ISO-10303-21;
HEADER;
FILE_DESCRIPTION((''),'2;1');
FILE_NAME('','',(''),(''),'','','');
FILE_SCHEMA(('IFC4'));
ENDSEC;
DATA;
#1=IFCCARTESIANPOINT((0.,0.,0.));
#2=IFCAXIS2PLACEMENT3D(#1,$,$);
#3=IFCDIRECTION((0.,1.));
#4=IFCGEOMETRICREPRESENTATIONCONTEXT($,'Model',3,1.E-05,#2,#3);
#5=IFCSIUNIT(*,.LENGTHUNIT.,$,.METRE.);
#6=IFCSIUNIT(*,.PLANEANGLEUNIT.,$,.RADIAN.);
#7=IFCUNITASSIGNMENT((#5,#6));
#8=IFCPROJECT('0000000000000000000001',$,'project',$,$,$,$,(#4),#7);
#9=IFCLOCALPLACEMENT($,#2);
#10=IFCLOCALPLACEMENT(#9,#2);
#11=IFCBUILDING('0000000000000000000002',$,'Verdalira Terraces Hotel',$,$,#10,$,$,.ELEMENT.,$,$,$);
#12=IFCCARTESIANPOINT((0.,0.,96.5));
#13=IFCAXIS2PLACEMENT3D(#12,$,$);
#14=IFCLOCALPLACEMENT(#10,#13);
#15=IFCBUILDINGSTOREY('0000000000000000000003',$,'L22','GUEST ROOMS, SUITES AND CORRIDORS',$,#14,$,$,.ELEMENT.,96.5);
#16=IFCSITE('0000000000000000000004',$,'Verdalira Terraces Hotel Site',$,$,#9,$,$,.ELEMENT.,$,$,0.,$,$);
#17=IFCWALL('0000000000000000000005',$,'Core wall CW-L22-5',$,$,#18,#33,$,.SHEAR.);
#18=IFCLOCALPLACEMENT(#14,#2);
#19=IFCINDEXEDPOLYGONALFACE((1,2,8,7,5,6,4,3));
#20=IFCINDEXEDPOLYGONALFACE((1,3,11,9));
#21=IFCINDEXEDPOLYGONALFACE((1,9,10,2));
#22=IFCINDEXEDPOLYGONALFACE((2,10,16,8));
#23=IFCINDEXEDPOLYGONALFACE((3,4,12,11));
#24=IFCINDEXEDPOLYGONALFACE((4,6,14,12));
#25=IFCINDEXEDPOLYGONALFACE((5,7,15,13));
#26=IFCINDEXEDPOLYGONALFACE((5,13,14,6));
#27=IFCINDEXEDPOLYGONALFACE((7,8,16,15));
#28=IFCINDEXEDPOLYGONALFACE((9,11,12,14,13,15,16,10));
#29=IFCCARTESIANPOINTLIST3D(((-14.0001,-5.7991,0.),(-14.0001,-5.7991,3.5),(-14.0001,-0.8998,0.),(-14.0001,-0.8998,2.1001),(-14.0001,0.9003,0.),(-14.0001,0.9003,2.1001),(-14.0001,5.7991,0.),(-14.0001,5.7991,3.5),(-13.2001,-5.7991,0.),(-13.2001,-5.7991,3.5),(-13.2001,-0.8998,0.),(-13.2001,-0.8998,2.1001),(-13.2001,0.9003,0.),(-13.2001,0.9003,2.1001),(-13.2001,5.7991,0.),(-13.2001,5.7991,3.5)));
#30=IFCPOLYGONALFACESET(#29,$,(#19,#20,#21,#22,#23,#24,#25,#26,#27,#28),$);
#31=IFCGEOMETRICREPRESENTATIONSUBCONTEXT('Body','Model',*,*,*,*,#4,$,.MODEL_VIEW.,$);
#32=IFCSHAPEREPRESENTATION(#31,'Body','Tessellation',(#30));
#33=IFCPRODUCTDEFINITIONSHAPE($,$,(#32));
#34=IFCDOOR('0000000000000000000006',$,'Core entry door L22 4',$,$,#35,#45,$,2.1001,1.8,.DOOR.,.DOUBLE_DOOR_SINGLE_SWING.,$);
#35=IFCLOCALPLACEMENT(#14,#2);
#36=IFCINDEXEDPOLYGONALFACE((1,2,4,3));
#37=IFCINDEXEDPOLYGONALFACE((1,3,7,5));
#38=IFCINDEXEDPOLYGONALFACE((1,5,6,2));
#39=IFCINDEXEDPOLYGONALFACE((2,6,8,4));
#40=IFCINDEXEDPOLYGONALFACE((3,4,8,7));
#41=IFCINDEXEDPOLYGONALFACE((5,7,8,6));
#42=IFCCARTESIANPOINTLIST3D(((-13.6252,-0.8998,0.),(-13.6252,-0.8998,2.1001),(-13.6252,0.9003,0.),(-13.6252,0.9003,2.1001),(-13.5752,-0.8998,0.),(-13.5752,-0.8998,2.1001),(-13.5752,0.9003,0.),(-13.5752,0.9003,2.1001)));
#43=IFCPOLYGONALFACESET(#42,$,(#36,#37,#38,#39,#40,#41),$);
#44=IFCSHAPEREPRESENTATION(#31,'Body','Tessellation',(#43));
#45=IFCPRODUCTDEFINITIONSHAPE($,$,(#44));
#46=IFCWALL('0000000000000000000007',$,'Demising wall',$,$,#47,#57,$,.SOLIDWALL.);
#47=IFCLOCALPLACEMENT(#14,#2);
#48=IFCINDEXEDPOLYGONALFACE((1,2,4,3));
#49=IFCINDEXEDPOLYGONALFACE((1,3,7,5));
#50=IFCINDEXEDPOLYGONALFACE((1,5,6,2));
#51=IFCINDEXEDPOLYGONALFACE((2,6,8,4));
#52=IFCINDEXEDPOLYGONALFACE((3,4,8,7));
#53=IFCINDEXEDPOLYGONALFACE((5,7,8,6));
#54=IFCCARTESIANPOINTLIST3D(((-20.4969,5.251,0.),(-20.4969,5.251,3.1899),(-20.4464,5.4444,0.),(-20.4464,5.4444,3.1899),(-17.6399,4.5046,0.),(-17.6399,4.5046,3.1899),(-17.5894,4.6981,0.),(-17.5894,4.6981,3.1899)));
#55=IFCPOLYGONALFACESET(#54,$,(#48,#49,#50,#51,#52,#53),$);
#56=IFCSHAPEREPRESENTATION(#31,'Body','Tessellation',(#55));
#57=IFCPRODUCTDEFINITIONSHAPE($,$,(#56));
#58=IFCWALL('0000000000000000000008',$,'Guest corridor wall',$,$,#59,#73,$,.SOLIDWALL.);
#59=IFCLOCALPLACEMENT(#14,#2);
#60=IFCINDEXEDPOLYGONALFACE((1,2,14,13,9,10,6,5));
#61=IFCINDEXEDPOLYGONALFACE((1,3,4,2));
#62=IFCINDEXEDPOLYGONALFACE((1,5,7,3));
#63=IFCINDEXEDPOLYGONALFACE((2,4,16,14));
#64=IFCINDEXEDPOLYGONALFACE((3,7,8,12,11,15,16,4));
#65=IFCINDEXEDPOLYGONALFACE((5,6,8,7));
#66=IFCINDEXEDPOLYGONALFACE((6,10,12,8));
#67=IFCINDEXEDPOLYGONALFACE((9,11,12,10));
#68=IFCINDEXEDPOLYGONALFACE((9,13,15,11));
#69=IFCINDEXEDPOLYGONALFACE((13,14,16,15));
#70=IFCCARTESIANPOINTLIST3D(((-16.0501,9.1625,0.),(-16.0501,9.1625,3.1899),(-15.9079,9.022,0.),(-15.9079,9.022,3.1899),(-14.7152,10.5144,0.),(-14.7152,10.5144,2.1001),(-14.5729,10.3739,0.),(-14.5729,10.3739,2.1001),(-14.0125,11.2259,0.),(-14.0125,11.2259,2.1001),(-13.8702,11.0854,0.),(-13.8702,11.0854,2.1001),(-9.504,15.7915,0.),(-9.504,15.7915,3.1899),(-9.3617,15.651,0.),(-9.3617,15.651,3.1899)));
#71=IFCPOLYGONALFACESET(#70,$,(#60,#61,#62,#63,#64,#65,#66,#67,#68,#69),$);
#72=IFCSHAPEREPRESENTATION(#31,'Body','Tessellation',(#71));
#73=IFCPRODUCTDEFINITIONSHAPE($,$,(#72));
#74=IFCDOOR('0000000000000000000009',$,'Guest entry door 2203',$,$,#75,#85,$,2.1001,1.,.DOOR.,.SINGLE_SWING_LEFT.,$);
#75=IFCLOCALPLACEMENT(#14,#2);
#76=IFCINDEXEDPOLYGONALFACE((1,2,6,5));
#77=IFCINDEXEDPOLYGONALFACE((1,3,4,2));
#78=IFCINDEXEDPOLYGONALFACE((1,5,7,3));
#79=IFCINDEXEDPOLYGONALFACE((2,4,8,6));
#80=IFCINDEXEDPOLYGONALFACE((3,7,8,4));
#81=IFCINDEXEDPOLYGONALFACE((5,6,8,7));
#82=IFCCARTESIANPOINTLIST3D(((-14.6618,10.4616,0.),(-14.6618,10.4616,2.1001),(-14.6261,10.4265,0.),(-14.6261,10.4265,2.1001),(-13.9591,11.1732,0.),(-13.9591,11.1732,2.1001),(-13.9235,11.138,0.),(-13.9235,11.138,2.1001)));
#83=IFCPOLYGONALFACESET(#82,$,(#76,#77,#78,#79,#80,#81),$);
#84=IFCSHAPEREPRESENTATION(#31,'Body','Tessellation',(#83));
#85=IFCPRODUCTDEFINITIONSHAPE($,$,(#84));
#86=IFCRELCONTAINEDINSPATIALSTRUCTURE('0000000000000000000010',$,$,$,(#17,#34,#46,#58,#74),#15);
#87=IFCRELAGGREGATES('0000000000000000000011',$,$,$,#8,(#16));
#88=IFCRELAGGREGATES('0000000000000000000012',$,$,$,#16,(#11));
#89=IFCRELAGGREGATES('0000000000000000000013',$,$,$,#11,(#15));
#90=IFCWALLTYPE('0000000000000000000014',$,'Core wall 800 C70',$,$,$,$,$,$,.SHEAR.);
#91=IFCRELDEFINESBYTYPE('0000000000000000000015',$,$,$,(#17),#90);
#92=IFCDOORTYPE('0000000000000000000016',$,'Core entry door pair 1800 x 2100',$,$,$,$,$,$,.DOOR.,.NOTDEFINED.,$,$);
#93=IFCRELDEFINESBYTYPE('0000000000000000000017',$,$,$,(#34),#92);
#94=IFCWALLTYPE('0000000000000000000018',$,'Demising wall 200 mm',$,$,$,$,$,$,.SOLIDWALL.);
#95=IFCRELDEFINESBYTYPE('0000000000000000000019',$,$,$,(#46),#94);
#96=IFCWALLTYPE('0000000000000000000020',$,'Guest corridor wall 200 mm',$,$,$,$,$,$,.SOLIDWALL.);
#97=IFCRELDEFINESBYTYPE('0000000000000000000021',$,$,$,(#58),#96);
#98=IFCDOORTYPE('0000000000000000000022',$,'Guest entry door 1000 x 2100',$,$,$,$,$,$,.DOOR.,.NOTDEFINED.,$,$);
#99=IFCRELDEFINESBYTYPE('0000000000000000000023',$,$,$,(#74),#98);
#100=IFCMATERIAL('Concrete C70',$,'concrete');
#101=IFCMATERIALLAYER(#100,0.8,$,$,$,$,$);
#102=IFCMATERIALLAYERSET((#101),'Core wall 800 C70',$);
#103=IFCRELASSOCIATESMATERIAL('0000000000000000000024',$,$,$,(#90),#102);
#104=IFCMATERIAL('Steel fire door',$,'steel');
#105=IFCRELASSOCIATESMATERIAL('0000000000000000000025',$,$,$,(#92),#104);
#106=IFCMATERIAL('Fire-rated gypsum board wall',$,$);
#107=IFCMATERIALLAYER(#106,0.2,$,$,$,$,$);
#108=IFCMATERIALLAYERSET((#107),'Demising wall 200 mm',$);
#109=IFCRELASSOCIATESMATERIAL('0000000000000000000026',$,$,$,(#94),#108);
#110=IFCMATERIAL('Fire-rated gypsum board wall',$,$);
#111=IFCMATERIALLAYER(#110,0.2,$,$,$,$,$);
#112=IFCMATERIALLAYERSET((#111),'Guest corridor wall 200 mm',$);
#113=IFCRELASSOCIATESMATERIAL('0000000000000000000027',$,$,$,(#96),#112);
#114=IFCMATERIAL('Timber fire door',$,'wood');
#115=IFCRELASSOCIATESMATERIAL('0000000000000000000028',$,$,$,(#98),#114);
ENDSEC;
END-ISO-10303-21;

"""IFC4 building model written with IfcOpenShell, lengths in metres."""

from ifc_helpers import new_model, si_unit, direction, frame, frame_2d, origin, place, context, subcontext, project, spatial, rectangle, extrude, material, layer, layer_set, type_object, element, fill, save


model = new_model("IFC4")

# Units and contexts
model_context = context("Model", 3, precision=1e-05, world=origin(), true_north=direction((0.0, 1.0)))
body_context = subcontext(model_context, "Body", "Model", "MODEL_VIEW")
ifc_project = project(units=[si_unit("LENGTHUNIT", "METRE"), si_unit("PLANEANGLEUNIT", "RADIAN")], contexts=[model_context])

# Site, building, storey
site_placement = place(None, origin())
site = spatial("IfcSite", under=ifc_project, at=site_placement, Name="Verdalira Terraces Hotel Site", CompositionType="ELEMENT", RefElevation=0.0)
building_placement = place(site_placement, origin())
building = spatial("IfcBuilding", under=site, at=building_placement, Name="Verdalira Terraces Hotel", CompositionType="ELEMENT")
storey_placement = place(building_placement, frame((0.0, 0.0, 96.5)))
storey = spatial("IfcBuildingStorey", under=building, at=storey_placement, Name="L22", Description="GUEST ROOMS, SUITES AND CORRIDORS", CompositionType="ELEMENT", Elevation=96.5)

# Wall, opening, door
ifc_material_1 = material(Name="Concrete C70", Category="concrete")
ifc_layer_1 = layer(ifc_material_1, 0.8)
ifc_layer_set_1 = layer_set([ifc_layer_1], Name="Core wall 800 C70")
wall_type_1 = type_object("IfcWallType", Name="Core wall 800 C70", PredefinedType="SHEAR", material=ifc_layer_set_1)
wall_1_placement = place(storey_placement, frame((-13.6001, 5.7991, 0.0), z_axis=(0.0, 0.0, 1.0), x_axis=(0.0, -1.0, 0.0)))
wall_1 = element("IfcWall", 1, at=wall_1_placement, inside=storey, type_object=wall_type_1, Name="Core wall CW-L22-5", PredefinedType="SHEAR", context=body_context, shape_type="SweptSolid", body=[
    extrude(rectangle(XDim=11.5981, YDim=0.8, at=frame_2d((5.7991, 0.0))), origin(), (0.0, 0.0, 1.0), 3.5),
])
opening_1_placement = place(wall_1_placement, frame((4.8989, 0.0, 0.0)))
opening_1 = element("IfcOpeningElement", 2, at=opening_1_placement, cuts=wall_1, PredefinedType="OPENING", context=body_context, shape_type="SweptSolid", body=[
    extrude(rectangle(XDim=1.8, YDim=2.1001, at=frame_2d((0.8999, 1.05))), frame((0.0, 0.4099, 0.0), z_axis=(0.0, -1.0, 0.0), x_axis=(1.0, 0.0, 0.0)), (0.0, 0.0, 1.0), 0.8201),
])
ifc_material_2 = material(Name="Steel fire door", Category="steel")
door_type_1 = type_object("IfcDoorType", Name="Core entry door pair 1800 x 2100", OperationType="NOTDEFINED", PredefinedType="DOOR", material=ifc_material_2)
door_1_placement = place(opening_1_placement, origin())
door_1 = element("IfcDoor", 3, at=door_1_placement, inside=storey, type_object=door_type_1, Name="Core entry door L22 4", OperationType="DOUBLE_DOOR_SINGLE_SWING", OverallHeight=2.1001, OverallWidth=1.8, PredefinedType="DOOR", context=body_context, shape_type="SweptSolid", body=[
    extrude(rectangle(XDim=1.8, YDim=2.1001, at=frame_2d((0.8999, 1.05))), frame((0.0, 0.0249, 0.0), z_axis=(0.0, -1.0, 0.0), x_axis=(1.0, 0.0, 0.0)), (0.0, 0.0, 1.0), 0.05),
])
fill(opening_1, door_1)

# Wall
ifc_material_3 = material(Name="Fire-rated gypsum board wall")
ifc_layer_2 = layer(ifc_material_3, 0.2)
ifc_layer_set_2 = layer_set([ifc_layer_2], Name="Demising wall 200 mm")
wall_type_2 = type_object("IfcWallType", Name="Demising wall 200 mm", PredefinedType="SOLIDWALL", material=ifc_layer_set_2)
wall_2_placement = place(storey_placement, frame((-17.6145, 4.6013, 0.0), z_axis=(0.0, 0.0, 1.0), x_axis=(-0.96753, 0.252755, 0.0)))
element("IfcWall", 4, at=wall_2_placement, inside=storey, type_object=wall_type_2, Name="Demising wall", PredefinedType="SOLIDWALL", context=body_context, shape_type="SweptSolid", body=[
    extrude(rectangle(XDim=2.9529, YDim=0.2, at=frame_2d((1.4766, 0.0))), origin(), (0.0, 0.0, 1.0), 3.1899),
])

# Wall, opening, door
ifc_material_4 = material(Name="Fire-rated gypsum board wall")
ifc_layer_3 = layer(ifc_material_4, 0.2)
ifc_layer_set_3 = layer_set([ifc_layer_3], Name="Guest corridor wall 200 mm")
wall_type_3 = type_object("IfcWallType", Name="Guest corridor wall 200 mm", PredefinedType="SOLIDWALL", material=ifc_layer_set_3)
wall_3_placement = place(storey_placement, frame((-15.979, 9.0923, 0.0), z_axis=(0.0, 0.0, 1.0), x_axis=(0.702651, 0.711535, 0.0)))
wall_3 = element("IfcWall", 5, at=wall_3_placement, inside=storey, type_object=wall_type_3, Name="Guest corridor wall", PredefinedType="SOLIDWALL", context=body_context, shape_type="SweptSolid", body=[
    extrude(rectangle(XDim=9.3164, YDim=0.2, at=frame_2d((4.6582, 0.0))), origin(), (0.0, 0.0, 1.0), 3.1899),
])
opening_2_placement = place(wall_3_placement, frame((1.8999, 0.0, 0.0)))
opening_2 = element("IfcOpeningElement", 6, at=opening_2_placement, cuts=wall_3, PredefinedType="OPENING", context=body_context, shape_type="SweptSolid", body=[
    extrude(rectangle(XDim=1.0, YDim=2.1001, at=frame_2d((0.5, 1.05))), frame((0.0, 0.1099, 0.0), z_axis=(0.0, -1.0, 0.0), x_axis=(1.0, 0.0, 0.0)), (0.0, 0.0, 1.0), 0.22),
])
ifc_material_5 = material(Name="Timber fire door", Category="wood")
door_type_2 = type_object("IfcDoorType", Name="Guest entry door 1000 x 2100", OperationType="NOTDEFINED", PredefinedType="DOOR", material=ifc_material_5)
door_2_placement = place(opening_2_placement, origin())
door_2 = element("IfcDoor", 7, at=door_2_placement, inside=storey, type_object=door_type_2, Name="Guest entry door 2203", OperationType="SINGLE_SWING_LEFT", OverallHeight=2.1001, OverallWidth=1.0, PredefinedType="DOOR", context=body_context, shape_type="SweptSolid", body=[
    extrude(rectangle(XDim=1.0, YDim=2.1001, at=frame_2d((0.5, 1.05))), frame((0.0, 0.0249, 0.0), z_axis=(0.0, -1.0, 0.0), x_axis=(1.0, 0.0, 0.0)), (0.0, 0.0, 1.0), 0.05),
])
fill(opening_2, door_2)

save(model, "model.ifc")
